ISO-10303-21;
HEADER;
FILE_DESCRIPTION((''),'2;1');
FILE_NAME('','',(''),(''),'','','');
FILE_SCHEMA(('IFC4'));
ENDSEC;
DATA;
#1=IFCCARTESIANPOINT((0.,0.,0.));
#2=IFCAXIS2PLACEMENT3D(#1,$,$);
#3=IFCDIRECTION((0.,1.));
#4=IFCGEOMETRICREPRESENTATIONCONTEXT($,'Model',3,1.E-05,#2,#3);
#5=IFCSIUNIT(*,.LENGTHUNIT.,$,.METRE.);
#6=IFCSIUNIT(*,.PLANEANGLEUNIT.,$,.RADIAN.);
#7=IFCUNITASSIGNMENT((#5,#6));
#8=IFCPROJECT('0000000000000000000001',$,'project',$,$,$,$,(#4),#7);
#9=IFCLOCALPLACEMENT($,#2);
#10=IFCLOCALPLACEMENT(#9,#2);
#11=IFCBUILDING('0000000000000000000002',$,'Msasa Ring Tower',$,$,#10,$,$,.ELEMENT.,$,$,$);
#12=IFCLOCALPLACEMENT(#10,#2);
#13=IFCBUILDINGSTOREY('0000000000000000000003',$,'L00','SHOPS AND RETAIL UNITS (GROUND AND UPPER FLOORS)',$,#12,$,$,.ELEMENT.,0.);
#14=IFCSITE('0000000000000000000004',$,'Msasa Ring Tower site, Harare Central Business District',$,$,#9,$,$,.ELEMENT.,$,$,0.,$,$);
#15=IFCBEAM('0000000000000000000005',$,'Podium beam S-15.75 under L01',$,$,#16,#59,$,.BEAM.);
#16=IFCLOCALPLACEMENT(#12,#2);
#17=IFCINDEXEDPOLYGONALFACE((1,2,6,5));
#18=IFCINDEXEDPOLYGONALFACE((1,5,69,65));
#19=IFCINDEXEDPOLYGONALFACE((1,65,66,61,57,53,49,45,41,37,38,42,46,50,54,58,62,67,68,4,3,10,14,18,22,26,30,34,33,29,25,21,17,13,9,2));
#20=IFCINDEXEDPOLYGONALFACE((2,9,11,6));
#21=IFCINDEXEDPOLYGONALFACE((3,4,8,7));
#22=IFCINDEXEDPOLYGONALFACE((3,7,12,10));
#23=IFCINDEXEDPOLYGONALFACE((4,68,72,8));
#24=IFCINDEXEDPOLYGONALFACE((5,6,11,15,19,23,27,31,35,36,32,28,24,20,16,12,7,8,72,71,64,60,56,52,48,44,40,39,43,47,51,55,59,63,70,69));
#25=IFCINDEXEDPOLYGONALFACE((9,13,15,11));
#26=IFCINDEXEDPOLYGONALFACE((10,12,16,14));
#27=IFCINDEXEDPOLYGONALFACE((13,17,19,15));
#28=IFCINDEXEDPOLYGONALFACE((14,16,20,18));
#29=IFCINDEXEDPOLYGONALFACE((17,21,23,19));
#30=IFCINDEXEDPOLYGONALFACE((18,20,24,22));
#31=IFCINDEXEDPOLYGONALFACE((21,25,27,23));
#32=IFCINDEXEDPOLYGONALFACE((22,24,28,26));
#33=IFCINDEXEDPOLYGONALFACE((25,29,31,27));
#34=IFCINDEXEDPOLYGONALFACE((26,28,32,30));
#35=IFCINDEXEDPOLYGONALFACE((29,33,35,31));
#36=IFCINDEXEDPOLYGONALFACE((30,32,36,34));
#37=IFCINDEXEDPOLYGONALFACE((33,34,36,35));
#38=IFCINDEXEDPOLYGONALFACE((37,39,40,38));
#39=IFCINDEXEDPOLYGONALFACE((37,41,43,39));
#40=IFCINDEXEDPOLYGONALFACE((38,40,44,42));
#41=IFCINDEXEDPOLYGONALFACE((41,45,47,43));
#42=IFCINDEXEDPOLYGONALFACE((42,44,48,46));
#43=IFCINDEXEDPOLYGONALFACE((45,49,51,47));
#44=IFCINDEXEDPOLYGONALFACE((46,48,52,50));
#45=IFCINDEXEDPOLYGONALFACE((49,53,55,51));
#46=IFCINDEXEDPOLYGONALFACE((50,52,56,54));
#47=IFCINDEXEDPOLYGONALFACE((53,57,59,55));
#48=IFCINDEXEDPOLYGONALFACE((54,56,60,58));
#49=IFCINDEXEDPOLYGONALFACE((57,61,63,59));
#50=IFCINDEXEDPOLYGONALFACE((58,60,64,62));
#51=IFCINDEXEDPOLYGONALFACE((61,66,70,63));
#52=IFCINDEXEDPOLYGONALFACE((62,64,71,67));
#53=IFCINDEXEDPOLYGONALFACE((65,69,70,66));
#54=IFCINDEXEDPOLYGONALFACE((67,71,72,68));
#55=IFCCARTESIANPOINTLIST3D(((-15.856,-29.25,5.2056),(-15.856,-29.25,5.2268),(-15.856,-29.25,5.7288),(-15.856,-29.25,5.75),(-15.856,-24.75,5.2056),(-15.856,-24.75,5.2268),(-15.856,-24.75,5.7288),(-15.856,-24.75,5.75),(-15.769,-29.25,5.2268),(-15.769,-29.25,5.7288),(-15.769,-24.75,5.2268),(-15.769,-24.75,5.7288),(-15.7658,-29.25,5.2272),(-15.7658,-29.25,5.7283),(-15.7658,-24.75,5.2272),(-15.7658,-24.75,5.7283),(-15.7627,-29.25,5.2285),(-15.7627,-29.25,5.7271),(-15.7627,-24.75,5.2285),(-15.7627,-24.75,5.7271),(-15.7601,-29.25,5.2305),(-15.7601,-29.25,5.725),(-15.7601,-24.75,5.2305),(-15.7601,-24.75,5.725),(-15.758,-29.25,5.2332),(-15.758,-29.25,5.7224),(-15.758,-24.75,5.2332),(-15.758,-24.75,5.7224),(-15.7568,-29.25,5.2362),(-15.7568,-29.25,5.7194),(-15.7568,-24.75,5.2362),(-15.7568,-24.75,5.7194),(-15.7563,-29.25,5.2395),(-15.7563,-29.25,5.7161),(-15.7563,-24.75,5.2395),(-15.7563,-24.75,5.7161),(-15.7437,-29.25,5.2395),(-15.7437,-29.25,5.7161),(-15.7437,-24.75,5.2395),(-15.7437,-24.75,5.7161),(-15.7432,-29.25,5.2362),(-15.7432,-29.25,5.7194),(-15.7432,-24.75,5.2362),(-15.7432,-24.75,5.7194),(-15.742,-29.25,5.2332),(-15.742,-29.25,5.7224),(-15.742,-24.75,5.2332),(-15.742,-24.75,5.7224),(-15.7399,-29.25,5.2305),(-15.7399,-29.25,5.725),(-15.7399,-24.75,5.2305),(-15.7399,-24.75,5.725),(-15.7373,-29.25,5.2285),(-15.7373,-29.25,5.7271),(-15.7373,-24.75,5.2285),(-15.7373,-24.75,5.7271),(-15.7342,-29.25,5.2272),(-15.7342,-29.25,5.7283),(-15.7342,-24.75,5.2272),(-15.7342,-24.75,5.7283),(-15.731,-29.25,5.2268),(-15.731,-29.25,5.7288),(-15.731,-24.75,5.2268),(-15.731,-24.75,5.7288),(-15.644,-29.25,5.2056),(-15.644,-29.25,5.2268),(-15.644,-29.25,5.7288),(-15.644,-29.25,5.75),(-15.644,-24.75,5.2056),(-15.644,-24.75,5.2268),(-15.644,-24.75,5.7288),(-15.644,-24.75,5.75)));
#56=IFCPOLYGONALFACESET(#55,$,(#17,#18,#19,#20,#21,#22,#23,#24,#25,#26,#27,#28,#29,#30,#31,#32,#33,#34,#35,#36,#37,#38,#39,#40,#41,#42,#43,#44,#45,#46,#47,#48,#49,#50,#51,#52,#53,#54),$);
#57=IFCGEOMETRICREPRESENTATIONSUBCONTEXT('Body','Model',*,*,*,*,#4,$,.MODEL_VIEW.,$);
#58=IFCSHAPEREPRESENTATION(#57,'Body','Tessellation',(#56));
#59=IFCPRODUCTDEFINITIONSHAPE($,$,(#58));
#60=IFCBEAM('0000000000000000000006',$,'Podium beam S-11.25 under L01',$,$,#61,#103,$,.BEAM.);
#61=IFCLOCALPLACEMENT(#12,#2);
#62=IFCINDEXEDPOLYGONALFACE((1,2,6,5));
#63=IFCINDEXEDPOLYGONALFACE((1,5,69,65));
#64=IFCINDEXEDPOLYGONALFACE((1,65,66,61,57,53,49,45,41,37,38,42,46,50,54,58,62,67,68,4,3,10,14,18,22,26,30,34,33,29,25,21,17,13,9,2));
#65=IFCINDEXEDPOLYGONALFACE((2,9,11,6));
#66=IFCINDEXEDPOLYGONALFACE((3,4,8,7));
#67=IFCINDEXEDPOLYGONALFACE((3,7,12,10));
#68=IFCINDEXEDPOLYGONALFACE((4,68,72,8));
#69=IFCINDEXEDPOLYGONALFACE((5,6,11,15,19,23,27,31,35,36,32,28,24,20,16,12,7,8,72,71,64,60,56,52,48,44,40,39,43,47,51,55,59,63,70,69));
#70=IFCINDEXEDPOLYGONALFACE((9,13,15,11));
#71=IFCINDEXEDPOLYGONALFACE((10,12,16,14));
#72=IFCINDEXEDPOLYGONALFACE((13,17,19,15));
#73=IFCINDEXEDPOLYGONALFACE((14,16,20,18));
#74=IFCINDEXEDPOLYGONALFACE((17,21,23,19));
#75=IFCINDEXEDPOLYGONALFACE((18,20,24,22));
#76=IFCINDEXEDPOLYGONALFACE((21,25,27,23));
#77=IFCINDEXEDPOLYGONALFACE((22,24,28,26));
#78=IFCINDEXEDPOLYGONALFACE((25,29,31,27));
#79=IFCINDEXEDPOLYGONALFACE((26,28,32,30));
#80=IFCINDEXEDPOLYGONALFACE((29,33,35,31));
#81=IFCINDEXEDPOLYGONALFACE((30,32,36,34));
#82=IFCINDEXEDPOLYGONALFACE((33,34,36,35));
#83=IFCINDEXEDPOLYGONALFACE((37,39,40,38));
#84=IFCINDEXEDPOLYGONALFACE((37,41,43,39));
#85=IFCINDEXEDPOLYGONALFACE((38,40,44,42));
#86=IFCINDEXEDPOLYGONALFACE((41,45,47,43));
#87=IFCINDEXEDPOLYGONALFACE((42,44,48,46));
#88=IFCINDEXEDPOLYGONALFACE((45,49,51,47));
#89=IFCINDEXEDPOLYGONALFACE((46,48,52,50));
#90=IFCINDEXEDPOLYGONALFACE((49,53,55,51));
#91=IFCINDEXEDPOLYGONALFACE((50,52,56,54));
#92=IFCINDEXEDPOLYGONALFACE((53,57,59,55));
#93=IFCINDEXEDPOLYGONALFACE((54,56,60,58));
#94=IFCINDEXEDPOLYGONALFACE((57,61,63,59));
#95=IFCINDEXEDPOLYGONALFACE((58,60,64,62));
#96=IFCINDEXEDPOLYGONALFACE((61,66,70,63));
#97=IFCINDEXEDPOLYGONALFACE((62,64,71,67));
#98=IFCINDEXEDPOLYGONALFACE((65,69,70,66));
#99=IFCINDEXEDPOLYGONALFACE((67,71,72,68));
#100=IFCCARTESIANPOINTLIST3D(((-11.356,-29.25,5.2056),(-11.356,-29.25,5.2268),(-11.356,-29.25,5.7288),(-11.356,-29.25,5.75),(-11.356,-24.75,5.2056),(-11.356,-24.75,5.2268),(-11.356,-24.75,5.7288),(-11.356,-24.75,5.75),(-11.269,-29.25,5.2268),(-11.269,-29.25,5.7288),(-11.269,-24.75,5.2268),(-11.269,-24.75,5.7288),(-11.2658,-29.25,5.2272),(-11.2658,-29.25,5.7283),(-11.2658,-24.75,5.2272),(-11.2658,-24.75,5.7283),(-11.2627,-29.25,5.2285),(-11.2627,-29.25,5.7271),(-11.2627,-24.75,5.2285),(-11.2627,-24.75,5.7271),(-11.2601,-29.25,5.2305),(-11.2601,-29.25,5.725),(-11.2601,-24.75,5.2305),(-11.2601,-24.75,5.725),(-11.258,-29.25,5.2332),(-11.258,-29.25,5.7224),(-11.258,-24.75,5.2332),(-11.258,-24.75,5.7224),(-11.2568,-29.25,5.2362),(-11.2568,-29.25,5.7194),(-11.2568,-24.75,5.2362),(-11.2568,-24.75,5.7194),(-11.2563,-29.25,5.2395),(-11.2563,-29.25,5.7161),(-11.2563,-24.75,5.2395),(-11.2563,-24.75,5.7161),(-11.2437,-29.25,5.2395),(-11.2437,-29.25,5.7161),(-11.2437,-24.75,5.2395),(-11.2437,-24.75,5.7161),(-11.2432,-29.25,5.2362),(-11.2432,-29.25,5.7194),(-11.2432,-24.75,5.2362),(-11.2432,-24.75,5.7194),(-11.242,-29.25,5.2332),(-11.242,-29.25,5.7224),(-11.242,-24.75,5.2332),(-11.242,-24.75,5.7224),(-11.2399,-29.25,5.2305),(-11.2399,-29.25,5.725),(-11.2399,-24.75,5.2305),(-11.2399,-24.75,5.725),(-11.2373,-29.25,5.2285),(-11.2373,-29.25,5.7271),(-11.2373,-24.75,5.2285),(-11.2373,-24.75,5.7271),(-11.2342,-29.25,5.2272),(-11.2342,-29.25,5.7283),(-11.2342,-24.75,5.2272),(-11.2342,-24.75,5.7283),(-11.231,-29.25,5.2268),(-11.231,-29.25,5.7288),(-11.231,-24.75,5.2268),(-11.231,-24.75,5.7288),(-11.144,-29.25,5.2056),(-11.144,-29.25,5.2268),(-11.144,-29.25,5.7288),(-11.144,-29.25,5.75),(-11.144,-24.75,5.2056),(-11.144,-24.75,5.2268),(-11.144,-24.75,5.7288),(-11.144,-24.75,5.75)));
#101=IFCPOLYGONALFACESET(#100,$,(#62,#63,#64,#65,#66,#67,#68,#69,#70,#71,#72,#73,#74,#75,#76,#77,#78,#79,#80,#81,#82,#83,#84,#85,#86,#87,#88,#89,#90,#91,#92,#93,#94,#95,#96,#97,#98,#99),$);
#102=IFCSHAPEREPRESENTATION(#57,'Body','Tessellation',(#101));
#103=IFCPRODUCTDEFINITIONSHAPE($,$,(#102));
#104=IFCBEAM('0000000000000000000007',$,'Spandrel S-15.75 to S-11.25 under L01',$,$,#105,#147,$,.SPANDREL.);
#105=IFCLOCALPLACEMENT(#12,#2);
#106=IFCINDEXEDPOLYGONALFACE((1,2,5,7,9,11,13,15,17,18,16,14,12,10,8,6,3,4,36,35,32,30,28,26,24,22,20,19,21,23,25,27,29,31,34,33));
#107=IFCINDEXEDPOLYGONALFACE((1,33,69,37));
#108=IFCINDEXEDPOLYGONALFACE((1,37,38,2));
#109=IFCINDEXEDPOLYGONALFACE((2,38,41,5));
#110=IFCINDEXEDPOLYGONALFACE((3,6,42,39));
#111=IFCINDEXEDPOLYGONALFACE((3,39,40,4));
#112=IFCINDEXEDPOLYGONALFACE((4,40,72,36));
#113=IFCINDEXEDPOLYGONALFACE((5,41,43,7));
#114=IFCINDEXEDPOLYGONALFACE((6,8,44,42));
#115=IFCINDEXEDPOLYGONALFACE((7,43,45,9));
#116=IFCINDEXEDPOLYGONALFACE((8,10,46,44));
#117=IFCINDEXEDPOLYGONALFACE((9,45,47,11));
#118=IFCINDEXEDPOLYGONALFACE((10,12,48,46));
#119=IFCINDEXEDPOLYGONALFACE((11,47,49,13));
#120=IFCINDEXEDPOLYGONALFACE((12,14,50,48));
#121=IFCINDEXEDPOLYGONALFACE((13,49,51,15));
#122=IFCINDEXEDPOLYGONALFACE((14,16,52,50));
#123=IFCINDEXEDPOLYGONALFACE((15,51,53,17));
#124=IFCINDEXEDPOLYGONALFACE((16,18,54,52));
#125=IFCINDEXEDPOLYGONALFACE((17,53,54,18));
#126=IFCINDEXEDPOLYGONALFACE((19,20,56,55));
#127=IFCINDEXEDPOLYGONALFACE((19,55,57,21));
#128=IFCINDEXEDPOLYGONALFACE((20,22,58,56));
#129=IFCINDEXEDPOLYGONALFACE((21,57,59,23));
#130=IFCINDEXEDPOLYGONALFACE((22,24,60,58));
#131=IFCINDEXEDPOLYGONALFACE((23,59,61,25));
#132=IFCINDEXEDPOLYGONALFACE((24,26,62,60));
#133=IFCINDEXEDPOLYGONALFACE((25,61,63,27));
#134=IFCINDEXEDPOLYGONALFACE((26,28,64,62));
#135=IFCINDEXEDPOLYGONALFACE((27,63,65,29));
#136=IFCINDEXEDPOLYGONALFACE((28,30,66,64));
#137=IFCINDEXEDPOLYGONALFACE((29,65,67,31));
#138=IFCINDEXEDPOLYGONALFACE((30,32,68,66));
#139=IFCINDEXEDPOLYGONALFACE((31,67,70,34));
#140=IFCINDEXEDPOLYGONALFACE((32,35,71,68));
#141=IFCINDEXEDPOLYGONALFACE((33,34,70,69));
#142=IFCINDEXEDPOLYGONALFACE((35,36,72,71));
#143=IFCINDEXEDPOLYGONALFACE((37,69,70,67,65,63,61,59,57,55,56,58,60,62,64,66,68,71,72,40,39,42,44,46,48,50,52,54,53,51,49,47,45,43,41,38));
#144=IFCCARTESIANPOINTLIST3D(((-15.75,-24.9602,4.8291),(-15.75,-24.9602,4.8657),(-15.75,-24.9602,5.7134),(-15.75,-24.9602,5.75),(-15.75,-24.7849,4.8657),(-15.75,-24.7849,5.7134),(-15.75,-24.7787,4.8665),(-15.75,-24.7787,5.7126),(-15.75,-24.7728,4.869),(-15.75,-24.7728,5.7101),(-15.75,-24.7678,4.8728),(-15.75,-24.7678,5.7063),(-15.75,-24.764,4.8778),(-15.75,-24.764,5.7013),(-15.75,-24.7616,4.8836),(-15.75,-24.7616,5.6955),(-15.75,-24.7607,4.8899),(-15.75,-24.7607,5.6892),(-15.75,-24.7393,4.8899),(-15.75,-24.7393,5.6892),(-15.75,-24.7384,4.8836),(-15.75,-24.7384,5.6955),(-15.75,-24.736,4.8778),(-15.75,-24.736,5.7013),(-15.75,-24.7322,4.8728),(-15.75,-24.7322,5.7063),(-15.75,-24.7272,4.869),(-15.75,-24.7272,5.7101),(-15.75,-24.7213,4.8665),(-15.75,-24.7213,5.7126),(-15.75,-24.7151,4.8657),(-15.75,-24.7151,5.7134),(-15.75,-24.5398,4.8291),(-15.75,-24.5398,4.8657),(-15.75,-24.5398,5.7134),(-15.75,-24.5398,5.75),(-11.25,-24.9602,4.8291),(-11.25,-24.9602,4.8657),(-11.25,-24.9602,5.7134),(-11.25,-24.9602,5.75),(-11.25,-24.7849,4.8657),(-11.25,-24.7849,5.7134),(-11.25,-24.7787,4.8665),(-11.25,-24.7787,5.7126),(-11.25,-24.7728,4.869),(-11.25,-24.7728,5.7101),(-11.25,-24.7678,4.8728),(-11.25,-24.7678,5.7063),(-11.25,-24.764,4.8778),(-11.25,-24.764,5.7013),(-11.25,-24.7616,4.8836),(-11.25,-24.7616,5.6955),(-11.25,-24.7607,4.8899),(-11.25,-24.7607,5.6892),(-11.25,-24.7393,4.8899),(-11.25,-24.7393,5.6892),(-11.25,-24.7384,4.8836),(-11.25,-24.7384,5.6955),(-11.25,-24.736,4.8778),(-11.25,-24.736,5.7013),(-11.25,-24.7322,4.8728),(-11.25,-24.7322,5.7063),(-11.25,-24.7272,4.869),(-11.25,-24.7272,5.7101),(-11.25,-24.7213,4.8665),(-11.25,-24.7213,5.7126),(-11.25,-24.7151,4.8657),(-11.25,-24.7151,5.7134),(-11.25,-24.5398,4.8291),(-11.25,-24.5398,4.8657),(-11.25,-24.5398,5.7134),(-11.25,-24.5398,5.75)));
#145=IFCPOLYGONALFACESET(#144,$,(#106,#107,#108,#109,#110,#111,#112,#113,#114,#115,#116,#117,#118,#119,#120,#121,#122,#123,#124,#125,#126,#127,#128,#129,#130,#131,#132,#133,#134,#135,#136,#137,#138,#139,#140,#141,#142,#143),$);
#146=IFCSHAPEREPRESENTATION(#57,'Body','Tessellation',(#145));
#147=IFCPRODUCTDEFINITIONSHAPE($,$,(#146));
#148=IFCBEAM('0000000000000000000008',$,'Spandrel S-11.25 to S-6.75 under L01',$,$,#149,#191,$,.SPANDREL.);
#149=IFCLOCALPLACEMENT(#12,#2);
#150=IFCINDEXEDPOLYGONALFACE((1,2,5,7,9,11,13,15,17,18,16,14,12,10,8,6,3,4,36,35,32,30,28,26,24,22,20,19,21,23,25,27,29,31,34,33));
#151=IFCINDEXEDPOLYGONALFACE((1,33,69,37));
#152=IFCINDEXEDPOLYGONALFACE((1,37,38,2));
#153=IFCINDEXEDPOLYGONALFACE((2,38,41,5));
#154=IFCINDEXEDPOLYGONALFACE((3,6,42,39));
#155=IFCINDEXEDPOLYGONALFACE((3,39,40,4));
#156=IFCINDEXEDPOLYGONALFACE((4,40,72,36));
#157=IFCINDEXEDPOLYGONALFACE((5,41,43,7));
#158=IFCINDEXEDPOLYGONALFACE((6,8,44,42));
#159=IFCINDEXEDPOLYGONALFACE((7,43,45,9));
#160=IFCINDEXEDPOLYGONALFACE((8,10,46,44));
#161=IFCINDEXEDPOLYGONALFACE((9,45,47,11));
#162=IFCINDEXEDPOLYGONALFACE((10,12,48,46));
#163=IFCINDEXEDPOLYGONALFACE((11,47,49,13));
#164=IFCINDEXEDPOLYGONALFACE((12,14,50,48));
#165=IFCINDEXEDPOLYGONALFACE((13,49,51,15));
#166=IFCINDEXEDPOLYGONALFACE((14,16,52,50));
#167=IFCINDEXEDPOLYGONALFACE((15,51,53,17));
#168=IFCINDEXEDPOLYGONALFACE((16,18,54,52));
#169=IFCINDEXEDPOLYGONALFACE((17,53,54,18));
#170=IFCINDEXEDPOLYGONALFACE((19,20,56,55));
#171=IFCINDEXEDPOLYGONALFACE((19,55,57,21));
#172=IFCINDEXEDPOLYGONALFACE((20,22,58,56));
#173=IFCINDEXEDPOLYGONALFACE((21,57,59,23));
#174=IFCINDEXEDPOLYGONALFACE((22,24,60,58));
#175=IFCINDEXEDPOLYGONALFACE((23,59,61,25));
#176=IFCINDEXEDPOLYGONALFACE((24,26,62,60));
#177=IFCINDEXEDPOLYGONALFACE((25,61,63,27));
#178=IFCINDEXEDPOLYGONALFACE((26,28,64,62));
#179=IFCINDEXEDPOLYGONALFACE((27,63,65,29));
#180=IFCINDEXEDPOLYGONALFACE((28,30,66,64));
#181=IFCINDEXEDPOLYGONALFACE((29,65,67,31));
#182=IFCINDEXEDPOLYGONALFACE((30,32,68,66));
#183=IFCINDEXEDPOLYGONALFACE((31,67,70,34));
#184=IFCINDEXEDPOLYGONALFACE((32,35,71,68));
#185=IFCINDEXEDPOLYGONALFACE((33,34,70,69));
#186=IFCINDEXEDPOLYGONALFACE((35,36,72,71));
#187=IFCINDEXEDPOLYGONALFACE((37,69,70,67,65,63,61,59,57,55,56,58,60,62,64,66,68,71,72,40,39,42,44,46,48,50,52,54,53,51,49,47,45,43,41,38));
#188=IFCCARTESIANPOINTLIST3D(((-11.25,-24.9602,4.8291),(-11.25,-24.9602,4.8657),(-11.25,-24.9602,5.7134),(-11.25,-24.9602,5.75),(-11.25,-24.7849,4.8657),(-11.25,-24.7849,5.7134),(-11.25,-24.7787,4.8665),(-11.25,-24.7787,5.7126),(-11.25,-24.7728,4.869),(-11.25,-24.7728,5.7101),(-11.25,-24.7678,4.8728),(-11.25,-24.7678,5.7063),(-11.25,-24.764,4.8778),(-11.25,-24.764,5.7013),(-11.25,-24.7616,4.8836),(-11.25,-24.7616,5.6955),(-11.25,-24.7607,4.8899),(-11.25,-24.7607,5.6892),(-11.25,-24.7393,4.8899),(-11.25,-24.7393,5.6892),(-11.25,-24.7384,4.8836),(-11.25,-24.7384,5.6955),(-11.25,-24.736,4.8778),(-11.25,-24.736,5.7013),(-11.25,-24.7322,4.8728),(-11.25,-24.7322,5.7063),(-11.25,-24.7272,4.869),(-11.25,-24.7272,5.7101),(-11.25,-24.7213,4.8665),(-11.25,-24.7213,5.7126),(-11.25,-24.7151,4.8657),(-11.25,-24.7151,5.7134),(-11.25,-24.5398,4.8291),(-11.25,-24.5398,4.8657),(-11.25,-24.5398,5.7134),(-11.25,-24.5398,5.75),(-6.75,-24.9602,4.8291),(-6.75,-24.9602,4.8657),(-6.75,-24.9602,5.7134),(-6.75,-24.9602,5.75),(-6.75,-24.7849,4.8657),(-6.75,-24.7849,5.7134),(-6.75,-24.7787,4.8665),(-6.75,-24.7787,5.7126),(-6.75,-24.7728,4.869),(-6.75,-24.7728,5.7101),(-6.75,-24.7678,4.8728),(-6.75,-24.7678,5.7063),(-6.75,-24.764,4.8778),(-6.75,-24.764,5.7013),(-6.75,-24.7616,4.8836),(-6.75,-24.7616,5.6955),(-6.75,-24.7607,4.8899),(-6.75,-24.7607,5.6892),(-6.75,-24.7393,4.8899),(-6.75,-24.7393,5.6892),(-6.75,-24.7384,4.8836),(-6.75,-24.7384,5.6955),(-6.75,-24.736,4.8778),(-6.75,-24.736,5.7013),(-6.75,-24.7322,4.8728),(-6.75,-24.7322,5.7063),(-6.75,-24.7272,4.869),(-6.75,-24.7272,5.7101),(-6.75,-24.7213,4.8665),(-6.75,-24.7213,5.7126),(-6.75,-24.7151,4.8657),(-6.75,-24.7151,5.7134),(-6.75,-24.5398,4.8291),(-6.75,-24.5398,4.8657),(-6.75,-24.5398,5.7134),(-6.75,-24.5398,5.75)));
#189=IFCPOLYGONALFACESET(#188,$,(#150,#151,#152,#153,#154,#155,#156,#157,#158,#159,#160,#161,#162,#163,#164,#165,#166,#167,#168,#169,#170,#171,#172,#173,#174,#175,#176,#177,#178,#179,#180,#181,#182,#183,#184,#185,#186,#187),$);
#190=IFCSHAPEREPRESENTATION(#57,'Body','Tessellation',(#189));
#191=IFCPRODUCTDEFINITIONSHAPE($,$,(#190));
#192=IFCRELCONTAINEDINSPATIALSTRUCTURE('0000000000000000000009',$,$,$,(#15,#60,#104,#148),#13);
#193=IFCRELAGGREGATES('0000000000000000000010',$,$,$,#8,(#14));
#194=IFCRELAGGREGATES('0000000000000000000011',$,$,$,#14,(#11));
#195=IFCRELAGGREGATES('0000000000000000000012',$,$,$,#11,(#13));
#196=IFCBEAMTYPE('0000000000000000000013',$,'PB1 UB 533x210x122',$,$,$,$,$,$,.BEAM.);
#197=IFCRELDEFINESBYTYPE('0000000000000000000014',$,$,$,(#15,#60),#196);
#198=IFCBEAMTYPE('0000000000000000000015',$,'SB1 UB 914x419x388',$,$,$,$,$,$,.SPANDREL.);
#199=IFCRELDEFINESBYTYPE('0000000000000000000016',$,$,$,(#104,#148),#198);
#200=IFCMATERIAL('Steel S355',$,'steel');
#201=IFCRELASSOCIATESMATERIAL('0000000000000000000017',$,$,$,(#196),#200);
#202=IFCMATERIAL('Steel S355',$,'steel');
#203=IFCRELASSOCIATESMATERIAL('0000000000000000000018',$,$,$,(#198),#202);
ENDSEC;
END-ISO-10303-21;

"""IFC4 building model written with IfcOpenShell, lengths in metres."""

from ifc_helpers import new_model, si_unit, direction, frame, origin, origin_2d, place, context, subcontext, project, spatial, i_section, extrude, material, material_profile, profile_set, type_object, element, save


model = new_model("IFC4")

# Units and contexts
model_context = context("Model", 3, precision=1e-05, world=origin(), true_north=direction((0.0, 1.0)))
body_context = subcontext(model_context, "Body", "Model", "MODEL_VIEW")
ifc_project = project(units=[si_unit("LENGTHUNIT", "METRE"), si_unit("PLANEANGLEUNIT", "RADIAN")], contexts=[model_context])

# Site, building, storey
site_placement = place(None, origin())
site = spatial("IfcSite", under=ifc_project, at=site_placement, Name="Msasa Ring Tower site, Harare Central Business District", CompositionType="ELEMENT", RefElevation=0.0)
building_placement = place(site_placement, origin())
building = spatial("IfcBuilding", under=site, at=building_placement, Name="Msasa Ring Tower", CompositionType="ELEMENT")
storey_placement = place(building_placement, origin())
storey = spatial("IfcBuildingStorey", under=building, at=storey_placement, Name="L00", Description="SHOPS AND RETAIL UNITS (GROUND AND UPPER FLOORS)", CompositionType="ELEMENT", Elevation=0.0)

# Beams
ifc_material_1 = material(Name="Steel S355", Category="steel")
ifc_material_profile_1 = material_profile(ifc_material_1, i_section(OverallWidth=0.2119, OverallDepth=0.5444, WebThickness=0.0127, FlangeThickness=0.0212, FilletRadius=0.0127, at=origin_2d()), Name="UB 533x210x122")
ifc_profile_set_1 = profile_set([ifc_material_profile_1], Name="Steel S355")
beam_type_1 = type_object("IfcBeamType", Name="PB1 UB 533x210x122", PredefinedType="BEAM", material=ifc_profile_set_1)
for number, where, z_axis, x_axis, name in (
    (1, (-15.75, -29.25, 5.4778), (0.0, 1.0, 0.0), (-1.0, 0.0, 0.0), "Podium beam S-15.75 under L01"),
    (2, (-11.25, -29.25, 5.4778), (0.0, 1.0, 0.0), (-1.0, 0.0, 0.0), "Podium beam S-11.25 under L01"),
):
    element("IfcBeam", number, at=place(storey_placement, frame(where, z_axis=z_axis, x_axis=x_axis)), inside=storey, type_object=beam_type_1, Name=name, PredefinedType="BEAM", context=body_context, shape_type="SweptSolid", body=[
        extrude(i_section(OverallWidth=0.2119, OverallDepth=0.5444, WebThickness=0.0127, FlangeThickness=0.0212, FilletRadius=0.0127, at=origin_2d()), origin(), (0.0, 0.0, 1.0), 4.5),
    ])
ifc_material_2 = material(Name="Steel S355", Category="steel")
ifc_material_profile_2 = material_profile(ifc_material_2, i_section(OverallWidth=0.4204, OverallDepth=0.9209, WebThickness=0.0215, FlangeThickness=0.0366, FilletRadius=0.0242, at=origin_2d()), Name="UB 914x419x388")
ifc_profile_set_2 = profile_set([ifc_material_profile_2], Name="Steel S355")
beam_type_2 = type_object("IfcBeamType", Name="SB1 UB 914x419x388", PredefinedType="SPANDREL", material=ifc_profile_set_2)
for number, where, z_axis, x_axis, name in (
    (3, (-15.75, -24.75, 5.2896), (1.0, 0.0, 0.0), (0.0, 1.0, 0.0), "Spandrel S-15.75 to S-11.25 under L01"),
    (4, (-11.25, -24.75, 5.2896), (1.0, 0.0, 0.0), (0.0, 1.0, 0.0), "Spandrel S-11.25 to S-6.75 under L01"),
):
    element("IfcBeam", number, at=place(storey_placement, frame(where, z_axis=z_axis, x_axis=x_axis)), inside=storey, type_object=beam_type_2, Name=name, PredefinedType="SPANDREL", context=body_context, shape_type="SweptSolid", body=[
        extrude(i_section(OverallWidth=0.4204, OverallDepth=0.9209, WebThickness=0.0215, FlangeThickness=0.0366, FilletRadius=0.0242, at=origin_2d()), origin(), (0.0, 0.0, 1.0), 4.5),
    ])

save(model, "model.ifc")
